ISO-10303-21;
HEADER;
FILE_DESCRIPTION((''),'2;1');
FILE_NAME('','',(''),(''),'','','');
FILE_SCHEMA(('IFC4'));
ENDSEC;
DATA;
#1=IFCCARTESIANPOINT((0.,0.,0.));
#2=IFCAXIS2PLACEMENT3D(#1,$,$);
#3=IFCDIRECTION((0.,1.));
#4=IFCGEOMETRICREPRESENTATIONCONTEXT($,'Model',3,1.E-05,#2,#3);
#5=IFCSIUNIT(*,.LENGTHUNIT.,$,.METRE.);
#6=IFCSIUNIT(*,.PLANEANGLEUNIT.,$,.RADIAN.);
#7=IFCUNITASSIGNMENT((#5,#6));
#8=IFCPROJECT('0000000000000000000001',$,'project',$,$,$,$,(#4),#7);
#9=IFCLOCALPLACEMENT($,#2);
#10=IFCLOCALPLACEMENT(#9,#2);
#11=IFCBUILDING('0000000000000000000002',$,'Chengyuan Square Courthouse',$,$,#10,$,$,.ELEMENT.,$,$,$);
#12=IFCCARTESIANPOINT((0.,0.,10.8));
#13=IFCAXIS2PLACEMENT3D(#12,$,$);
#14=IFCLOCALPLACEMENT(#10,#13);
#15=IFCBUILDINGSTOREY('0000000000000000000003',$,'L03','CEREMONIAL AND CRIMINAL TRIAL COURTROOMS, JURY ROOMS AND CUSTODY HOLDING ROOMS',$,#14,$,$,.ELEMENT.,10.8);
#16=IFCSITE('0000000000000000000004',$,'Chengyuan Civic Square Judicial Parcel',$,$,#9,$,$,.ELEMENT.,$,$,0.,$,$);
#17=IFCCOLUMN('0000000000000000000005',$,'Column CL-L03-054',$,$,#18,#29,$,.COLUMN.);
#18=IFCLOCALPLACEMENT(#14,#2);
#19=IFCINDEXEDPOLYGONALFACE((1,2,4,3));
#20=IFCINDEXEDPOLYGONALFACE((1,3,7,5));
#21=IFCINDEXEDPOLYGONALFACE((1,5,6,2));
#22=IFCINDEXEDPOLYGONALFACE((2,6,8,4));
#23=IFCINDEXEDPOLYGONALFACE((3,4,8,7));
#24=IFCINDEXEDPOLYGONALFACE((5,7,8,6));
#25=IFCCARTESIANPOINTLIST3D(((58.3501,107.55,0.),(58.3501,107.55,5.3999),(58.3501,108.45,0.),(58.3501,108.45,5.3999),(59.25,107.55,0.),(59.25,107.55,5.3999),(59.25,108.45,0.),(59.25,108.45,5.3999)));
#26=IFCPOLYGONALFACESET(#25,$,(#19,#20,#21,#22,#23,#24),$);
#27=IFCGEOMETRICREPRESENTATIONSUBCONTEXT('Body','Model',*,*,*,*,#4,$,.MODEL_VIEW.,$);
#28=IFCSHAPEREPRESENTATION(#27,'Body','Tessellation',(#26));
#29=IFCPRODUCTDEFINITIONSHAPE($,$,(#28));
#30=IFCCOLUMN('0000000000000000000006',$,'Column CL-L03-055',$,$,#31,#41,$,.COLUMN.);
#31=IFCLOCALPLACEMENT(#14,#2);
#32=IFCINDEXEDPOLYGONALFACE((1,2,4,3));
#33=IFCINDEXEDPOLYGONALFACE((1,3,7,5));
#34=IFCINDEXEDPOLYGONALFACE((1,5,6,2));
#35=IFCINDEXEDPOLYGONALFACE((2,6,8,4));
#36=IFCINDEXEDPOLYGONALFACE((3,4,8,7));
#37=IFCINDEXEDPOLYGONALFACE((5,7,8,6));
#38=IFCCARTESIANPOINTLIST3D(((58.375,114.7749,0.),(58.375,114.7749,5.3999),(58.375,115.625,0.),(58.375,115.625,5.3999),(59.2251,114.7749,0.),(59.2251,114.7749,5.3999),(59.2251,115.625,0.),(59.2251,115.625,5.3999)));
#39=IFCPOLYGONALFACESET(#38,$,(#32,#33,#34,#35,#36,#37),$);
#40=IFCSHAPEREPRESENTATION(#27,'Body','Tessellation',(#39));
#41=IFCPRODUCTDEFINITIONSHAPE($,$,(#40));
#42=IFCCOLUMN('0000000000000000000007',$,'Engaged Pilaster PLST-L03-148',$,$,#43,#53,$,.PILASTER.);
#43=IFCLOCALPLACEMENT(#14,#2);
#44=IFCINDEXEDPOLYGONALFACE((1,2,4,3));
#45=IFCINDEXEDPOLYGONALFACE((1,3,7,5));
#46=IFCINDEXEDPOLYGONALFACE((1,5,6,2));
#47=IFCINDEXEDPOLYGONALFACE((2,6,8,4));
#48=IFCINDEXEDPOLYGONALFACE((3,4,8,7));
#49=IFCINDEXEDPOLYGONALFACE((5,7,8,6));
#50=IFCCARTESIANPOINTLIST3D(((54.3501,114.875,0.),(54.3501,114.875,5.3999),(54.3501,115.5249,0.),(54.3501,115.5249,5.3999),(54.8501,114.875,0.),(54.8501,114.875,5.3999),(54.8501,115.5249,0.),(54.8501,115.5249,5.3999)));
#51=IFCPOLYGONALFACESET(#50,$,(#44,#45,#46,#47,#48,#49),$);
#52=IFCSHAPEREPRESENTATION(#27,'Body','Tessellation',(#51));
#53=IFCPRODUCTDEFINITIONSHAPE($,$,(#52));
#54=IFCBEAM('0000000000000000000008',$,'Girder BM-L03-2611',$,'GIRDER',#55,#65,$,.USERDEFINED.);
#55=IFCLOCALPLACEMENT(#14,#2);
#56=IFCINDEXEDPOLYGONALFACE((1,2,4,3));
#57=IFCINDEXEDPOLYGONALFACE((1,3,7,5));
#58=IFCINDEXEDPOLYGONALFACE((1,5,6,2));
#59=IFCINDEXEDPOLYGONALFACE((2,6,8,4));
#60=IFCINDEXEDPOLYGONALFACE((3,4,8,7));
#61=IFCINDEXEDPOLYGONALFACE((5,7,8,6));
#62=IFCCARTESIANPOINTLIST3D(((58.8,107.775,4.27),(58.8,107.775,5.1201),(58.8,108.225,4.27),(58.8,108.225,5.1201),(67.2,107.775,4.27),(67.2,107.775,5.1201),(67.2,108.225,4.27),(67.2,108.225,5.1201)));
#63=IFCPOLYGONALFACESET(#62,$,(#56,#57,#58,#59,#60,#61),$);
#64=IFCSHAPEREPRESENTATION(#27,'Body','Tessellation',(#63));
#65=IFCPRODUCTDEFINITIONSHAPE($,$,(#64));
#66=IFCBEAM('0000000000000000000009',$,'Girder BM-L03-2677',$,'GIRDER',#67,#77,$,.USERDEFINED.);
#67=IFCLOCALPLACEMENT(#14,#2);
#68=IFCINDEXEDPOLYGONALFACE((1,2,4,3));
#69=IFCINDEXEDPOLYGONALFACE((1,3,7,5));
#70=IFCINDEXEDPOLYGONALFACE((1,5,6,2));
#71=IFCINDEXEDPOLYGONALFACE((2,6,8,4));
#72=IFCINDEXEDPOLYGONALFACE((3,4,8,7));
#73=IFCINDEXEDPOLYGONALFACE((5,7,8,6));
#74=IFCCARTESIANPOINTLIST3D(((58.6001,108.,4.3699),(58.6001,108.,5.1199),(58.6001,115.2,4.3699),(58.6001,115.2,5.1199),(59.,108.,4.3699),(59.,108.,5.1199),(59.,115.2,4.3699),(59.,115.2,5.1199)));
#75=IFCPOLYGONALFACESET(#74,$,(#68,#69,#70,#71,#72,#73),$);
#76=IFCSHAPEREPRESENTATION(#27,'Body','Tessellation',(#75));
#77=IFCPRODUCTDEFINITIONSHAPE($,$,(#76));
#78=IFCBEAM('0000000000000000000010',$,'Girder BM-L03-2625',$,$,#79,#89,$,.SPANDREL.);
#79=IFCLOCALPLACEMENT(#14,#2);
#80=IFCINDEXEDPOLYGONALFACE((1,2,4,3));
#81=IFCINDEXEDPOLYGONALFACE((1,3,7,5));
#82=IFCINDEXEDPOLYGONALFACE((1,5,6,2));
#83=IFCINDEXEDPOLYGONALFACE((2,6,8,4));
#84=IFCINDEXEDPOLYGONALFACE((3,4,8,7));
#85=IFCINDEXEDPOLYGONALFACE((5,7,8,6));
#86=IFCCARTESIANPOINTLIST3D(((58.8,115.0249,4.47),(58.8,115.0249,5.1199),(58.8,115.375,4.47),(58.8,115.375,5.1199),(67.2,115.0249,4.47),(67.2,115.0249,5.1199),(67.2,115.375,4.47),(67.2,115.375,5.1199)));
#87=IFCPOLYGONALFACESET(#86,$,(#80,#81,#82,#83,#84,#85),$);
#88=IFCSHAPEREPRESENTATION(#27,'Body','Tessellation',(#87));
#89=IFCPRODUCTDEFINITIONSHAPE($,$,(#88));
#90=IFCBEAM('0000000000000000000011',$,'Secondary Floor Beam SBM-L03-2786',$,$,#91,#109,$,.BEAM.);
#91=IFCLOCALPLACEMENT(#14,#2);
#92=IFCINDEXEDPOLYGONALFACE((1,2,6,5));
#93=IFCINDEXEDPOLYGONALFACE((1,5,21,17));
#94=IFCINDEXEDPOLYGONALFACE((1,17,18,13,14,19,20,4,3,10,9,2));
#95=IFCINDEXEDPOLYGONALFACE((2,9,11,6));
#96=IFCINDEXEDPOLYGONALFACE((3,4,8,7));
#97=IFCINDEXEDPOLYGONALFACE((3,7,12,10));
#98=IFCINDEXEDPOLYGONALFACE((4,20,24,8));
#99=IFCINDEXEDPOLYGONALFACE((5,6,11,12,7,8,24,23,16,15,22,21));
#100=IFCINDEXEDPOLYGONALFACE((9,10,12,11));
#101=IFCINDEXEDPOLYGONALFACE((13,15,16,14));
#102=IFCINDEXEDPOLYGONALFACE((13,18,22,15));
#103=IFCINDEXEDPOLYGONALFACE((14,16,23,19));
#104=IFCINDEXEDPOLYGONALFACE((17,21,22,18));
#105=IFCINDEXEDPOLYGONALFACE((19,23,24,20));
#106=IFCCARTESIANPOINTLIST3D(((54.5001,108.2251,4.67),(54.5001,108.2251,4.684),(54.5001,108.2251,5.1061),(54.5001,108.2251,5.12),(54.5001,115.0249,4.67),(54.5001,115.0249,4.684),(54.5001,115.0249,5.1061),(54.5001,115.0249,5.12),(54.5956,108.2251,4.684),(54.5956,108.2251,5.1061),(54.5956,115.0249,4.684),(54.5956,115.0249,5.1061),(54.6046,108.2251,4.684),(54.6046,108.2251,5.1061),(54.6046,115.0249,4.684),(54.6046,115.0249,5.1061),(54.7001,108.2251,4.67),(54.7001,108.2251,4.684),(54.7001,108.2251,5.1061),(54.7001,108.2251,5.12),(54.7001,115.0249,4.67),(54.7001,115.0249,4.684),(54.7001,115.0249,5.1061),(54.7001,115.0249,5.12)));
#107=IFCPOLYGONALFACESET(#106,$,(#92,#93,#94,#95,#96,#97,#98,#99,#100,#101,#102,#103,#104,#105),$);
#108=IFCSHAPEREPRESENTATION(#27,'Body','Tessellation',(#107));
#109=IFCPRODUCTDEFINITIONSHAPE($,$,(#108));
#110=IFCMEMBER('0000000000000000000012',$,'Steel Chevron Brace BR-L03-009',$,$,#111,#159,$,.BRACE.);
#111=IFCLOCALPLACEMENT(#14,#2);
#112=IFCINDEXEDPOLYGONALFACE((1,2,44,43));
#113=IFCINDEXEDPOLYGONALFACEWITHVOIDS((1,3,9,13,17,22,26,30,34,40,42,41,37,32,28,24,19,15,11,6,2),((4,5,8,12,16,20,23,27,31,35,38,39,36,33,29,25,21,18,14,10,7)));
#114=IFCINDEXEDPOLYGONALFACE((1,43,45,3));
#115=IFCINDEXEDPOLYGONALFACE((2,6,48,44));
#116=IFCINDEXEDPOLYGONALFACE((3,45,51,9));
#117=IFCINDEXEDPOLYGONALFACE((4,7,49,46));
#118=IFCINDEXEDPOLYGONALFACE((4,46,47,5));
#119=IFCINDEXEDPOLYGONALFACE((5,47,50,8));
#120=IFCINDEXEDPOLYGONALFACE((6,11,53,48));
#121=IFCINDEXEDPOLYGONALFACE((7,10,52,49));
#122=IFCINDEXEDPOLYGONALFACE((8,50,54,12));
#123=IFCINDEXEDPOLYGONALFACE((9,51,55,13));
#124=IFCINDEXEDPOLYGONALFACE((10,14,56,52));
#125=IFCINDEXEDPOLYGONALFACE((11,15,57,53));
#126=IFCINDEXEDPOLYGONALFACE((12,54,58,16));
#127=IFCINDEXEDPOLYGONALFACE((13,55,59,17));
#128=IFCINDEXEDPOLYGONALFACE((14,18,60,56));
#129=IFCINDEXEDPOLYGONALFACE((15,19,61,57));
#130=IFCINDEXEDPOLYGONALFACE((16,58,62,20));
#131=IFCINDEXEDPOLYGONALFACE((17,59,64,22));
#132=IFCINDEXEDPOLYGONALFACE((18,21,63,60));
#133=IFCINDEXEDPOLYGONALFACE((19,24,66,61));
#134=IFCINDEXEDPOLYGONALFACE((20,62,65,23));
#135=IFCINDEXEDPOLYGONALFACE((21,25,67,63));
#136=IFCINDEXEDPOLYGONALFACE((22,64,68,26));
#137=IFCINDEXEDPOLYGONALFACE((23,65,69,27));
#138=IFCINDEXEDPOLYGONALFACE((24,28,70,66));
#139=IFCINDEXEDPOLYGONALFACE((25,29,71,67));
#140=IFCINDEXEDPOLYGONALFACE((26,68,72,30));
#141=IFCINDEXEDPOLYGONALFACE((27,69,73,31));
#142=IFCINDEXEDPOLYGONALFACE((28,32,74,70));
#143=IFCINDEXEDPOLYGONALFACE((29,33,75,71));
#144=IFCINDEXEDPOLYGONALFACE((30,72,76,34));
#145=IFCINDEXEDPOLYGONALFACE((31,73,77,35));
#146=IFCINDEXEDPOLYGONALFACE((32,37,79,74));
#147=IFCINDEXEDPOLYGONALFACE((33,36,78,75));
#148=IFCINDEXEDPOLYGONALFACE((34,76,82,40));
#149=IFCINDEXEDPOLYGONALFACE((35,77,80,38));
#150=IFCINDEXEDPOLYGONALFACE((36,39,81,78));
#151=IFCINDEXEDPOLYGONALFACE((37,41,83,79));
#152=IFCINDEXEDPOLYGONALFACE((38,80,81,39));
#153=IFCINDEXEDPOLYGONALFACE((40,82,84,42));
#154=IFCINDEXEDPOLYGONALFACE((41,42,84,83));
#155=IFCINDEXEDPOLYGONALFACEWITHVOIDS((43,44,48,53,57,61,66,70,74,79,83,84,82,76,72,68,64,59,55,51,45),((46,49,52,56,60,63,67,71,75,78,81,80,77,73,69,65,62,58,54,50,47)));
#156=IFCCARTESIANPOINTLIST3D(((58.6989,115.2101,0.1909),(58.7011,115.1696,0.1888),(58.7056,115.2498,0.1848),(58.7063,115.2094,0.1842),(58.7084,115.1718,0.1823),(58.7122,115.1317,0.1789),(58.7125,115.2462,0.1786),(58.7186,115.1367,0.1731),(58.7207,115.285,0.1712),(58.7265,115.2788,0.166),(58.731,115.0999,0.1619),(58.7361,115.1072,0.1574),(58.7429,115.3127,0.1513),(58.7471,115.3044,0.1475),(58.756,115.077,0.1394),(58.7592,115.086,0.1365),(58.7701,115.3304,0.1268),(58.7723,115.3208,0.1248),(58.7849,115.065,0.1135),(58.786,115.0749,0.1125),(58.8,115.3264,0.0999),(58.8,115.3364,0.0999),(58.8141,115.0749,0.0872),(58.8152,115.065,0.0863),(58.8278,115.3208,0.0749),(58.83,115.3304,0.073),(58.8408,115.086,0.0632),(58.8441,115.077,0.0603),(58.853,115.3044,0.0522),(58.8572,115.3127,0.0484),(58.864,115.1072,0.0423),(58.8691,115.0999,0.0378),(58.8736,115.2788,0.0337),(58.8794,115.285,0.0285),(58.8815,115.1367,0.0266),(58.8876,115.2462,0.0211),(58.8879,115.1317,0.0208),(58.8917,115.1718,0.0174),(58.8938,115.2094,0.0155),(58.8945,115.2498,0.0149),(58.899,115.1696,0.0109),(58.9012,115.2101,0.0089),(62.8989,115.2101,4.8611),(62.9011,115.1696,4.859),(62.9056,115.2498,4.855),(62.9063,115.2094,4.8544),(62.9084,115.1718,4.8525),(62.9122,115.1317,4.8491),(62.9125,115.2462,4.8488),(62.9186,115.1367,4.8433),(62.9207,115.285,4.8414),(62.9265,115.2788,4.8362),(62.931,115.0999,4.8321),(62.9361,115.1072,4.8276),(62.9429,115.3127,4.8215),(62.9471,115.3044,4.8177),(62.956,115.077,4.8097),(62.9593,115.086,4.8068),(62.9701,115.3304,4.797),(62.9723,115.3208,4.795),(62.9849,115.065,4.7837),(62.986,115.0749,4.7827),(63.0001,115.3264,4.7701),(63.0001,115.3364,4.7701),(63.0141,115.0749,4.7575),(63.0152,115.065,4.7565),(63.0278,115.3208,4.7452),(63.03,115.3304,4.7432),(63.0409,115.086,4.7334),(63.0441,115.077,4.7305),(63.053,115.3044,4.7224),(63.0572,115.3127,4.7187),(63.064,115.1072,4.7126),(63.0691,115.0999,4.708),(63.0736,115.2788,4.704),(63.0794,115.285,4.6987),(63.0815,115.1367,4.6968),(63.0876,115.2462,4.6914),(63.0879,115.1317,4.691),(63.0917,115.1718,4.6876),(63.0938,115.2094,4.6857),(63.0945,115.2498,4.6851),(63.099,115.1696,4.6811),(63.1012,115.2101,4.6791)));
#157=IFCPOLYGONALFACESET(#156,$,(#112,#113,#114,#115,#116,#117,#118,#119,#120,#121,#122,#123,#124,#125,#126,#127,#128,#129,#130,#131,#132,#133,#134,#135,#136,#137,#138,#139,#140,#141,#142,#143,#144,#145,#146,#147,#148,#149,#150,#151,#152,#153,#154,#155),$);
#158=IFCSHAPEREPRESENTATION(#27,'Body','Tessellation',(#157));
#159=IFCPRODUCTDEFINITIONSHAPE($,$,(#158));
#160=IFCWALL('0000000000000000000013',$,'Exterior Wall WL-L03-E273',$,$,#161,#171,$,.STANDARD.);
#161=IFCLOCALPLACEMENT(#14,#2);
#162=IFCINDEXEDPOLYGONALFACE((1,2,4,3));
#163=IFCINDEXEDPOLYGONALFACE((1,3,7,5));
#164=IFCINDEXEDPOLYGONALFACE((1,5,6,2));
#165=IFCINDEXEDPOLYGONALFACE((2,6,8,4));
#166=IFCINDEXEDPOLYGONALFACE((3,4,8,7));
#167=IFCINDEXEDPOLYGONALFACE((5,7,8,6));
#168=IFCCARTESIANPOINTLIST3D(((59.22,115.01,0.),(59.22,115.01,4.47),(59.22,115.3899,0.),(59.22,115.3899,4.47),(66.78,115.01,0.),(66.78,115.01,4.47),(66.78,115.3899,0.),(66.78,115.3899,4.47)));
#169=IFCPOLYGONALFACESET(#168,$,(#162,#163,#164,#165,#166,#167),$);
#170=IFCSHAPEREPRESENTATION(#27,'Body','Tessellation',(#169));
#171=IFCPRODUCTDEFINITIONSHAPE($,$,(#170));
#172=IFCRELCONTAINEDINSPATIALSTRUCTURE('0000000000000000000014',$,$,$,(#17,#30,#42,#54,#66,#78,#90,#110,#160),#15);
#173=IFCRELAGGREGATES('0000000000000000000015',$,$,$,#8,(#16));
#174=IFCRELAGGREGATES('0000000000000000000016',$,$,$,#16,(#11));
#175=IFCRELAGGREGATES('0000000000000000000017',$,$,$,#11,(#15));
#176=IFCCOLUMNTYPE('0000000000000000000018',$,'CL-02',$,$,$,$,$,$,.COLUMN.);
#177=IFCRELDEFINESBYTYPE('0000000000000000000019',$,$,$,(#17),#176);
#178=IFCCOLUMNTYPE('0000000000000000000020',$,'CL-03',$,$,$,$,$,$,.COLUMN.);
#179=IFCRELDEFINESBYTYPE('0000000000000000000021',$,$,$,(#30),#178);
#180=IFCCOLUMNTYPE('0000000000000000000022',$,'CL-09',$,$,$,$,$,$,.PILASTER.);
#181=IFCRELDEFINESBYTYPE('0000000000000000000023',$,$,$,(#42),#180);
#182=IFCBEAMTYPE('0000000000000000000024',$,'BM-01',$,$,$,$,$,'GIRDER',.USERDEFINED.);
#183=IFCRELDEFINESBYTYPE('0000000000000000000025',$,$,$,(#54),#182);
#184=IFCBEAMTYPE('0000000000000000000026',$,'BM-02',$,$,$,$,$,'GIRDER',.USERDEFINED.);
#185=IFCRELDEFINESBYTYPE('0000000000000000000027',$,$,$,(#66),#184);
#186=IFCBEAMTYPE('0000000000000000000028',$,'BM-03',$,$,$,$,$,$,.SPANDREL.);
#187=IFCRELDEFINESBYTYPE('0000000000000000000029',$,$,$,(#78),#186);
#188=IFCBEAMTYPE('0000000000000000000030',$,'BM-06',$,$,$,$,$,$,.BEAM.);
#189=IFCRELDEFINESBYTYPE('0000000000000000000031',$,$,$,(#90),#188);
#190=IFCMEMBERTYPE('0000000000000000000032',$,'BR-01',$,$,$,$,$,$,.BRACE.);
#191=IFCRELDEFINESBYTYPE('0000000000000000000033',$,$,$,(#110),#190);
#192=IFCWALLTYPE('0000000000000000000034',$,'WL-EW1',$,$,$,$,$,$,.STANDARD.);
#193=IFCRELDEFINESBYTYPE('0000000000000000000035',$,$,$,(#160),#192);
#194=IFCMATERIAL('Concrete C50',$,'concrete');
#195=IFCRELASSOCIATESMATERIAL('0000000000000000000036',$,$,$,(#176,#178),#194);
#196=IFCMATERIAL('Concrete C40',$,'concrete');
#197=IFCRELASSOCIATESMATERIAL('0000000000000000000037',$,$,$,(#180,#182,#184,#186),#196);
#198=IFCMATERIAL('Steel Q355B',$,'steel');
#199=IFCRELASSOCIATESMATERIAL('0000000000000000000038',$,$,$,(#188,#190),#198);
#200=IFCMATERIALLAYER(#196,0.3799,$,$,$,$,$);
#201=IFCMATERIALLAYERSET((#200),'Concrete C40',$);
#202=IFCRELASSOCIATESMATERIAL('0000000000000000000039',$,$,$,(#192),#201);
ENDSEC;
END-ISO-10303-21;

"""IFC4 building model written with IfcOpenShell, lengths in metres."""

from ifc_helpers import new_model, si_unit, direction, frame, frame_2d, origin, origin_2d, place, context, subcontext, project, spatial, rectangle, hollow_circle, i_section, extrude, material, layer, layer_set, material_profile, profile_set, type_object, element, save


model = new_model("IFC4")

# Units and contexts
model_context = context("Model", 3, precision=1e-05, world=origin(), true_north=direction((0.0, 1.0)))
body_context = subcontext(model_context, "Body", "Model", "MODEL_VIEW")
ifc_project = project(units=[si_unit("LENGTHUNIT", "METRE"), si_unit("PLANEANGLEUNIT", "RADIAN")], contexts=[model_context])

# Site, building, storey
site_placement = place(None, origin())
site = spatial("IfcSite", under=ifc_project, at=site_placement, Name="Chengyuan Civic Square Judicial Parcel", CompositionType="ELEMENT", RefElevation=0.0)
building_placement = place(site_placement, origin())
building = spatial("IfcBuilding", under=site, at=building_placement, Name="Chengyuan Square Courthouse", CompositionType="ELEMENT")
storey_placement = place(building_placement, frame((0.0, 0.0, 10.8)))
storey = spatial("IfcBuildingStorey", under=building, at=storey_placement, Name="L03", Description="CEREMONIAL AND CRIMINAL TRIAL COURTROOMS, JURY ROOMS AND CUSTODY HOLDING ROOMS", CompositionType="ELEMENT", Elevation=10.8)

# Columns
ifc_material_1 = material(Name="Concrete C50", Category="concrete")
ifc_material_profile_1 = material_profile(ifc_material_1, rectangle(XDim=0.8999, YDim=0.8999, at=origin_2d()), Name="RC-COL-900x900")
ifc_profile_set_1 = profile_set([ifc_material_profile_1], Name="Concrete C50")
column_type_1 = type_object("IfcColumnType", Name="CL-02", PredefinedType="COLUMN", material=ifc_profile_set_1)
column_1_placement = place(storey_placement, frame((58.8, 108.0, 0.0), z_axis=(0.0, 0.0, 1.0), x_axis=(1.0, 0.0, 0.0)))
element("IfcColumn", 1, at=column_1_placement, inside=storey, type_object=column_type_1, Name="Column CL-L03-054", PredefinedType="COLUMN", context=body_context, shape_type="SweptSolid", body=[
    extrude(rectangle(XDim=0.8999, YDim=0.8999, at=origin_2d()), origin(), (0.0, 0.0, 1.0), 5.3999),
])
ifc_material_profile_2 = material_profile(ifc_material_1, rectangle(XDim=0.8501, YDim=0.8501, at=origin_2d()), Name="RC-COL-850x850")
ifc_profile_set_2 = profile_set([ifc_material_profile_2], Name="Concrete C50")
column_type_2 = type_object("IfcColumnType", Name="CL-03", PredefinedType="COLUMN", material=ifc_profile_set_2)
column_2_placement = place(storey_placement, frame((58.8, 115.2, 0.0), z_axis=(0.0, 0.0, 1.0), x_axis=(1.0, 0.0, 0.0)))
element("IfcColumn", 2, at=column_2_placement, inside=storey, type_object=column_type_2, Name="Column CL-L03-055", PredefinedType="COLUMN", context=body_context, shape_type="SweptSolid", body=[
    extrude(rectangle(XDim=0.8501, YDim=0.8501, at=origin_2d()), origin(), (0.0, 0.0, 1.0), 5.3999),
])
ifc_material_2 = material(Name="Concrete C40", Category="concrete")
ifc_material_profile_3 = material_profile(ifc_material_2, rectangle(XDim=0.5, YDim=0.6499, at=origin_2d()), Name="RC-PIL-500x650")
ifc_profile_set_3 = profile_set([ifc_material_profile_3], Name="Concrete C40")
column_type_3 = type_object("IfcColumnType", Name="CL-09", PredefinedType="PILASTER", material=ifc_profile_set_3)
column_3_placement = place(storey_placement, frame((54.6001, 115.2, 0.0), z_axis=(0.0, 0.0, 1.0), x_axis=(1.0, 0.0, 0.0)))
element("IfcColumn", 3, at=column_3_placement, inside=storey, type_object=column_type_3, Name="Engaged Pilaster PLST-L03-148", PredefinedType="PILASTER", context=body_context, shape_type="SweptSolid", body=[
    extrude(rectangle(XDim=0.5, YDim=0.6499, at=origin_2d()), origin(), (0.0, 0.0, 1.0), 5.3999),
])

# Beams
ifc_material_profile_4 = material_profile(ifc_material_2, rectangle(XDim=0.45, YDim=0.8501, at=origin_2d()), Name="RC-BM-450x850")
ifc_profile_set_4 = profile_set([ifc_material_profile_4], Name="Concrete C40")
beam_type_1 = type_object("IfcBeamType", Name="BM-01", ElementType="GIRDER", PredefinedType="USERDEFINED", material=ifc_profile_set_4)
beam_1_placement = place(storey_placement, frame((58.8, 108.0, 4.6951), z_axis=(1.0, 0.0, 0.0), x_axis=(0.0, 1.0, 0.0)))
element("IfcBeam", 4, at=beam_1_placement, inside=storey, type_object=beam_type_1, Name="Girder BM-L03-2611", ObjectType="GIRDER", PredefinedType="USERDEFINED", context=body_context, shape_type="SweptSolid", body=[
    extrude(rectangle(XDim=0.45, YDim=0.8501, at=origin_2d()), origin(), (0.0, 0.0, 1.0), 8.3999),
])
ifc_material_profile_5 = material_profile(ifc_material_2, rectangle(XDim=0.3999, YDim=0.75, at=origin_2d()), Name="RC-BM-400x750")
ifc_profile_set_5 = profile_set([ifc_material_profile_5], Name="Concrete C40")
beam_type_2 = type_object("IfcBeamType", Name="BM-02", ElementType="GIRDER", PredefinedType="USERDEFINED", material=ifc_profile_set_5)
beam_2_placement = place(storey_placement, frame((58.8, 108.0, 4.7449), z_axis=(0.0, 1.0, 0.0), x_axis=(-1.0, 0.0, 0.0)))
element("IfcBeam", 5, at=beam_2_placement, inside=storey, type_object=beam_type_2, Name="Girder BM-L03-2677", ObjectType="GIRDER", PredefinedType="USERDEFINED", context=body_context, shape_type="SweptSolid", body=[
    extrude(rectangle(XDim=0.3999, YDim=0.75, at=origin_2d()), origin(), (0.0, 0.0, 1.0), 7.2),
])
ifc_material_profile_6 = material_profile(ifc_material_2, rectangle(XDim=0.3501, YDim=0.6499, at=origin_2d()), Name="RC-BM-350x650")
ifc_profile_set_6 = profile_set([ifc_material_profile_6], Name="Concrete C40")
beam_type_3 = type_object("IfcBeamType", Name="BM-03", PredefinedType="SPANDREL", material=ifc_profile_set_6)
beam_3_placement = place(storey_placement, frame((58.8, 115.2, 4.7949), z_axis=(1.0, 0.0, 0.0), x_axis=(0.0, 1.0, 0.0)))
element("IfcBeam", 6, at=beam_3_placement, inside=storey, type_object=beam_type_3, Name="Girder BM-L03-2625", PredefinedType="SPANDREL", context=body_context, shape_type="SweptSolid", body=[
    extrude(rectangle(XDim=0.3501, YDim=0.6499, at=origin_2d()), origin(), (0.0, 0.0, 1.0), 8.3999),
])
ifc_material_3 = material(Name="Steel Q355B", Category="steel")
ifc_material_profile_7 = material_profile(ifc_material_3, i_section(OverallWidth=0.2, OverallDepth=0.45, WebThickness=0.009, FlangeThickness=0.0139, at=origin_2d()), Name="HN 450x200x9x14")
ifc_profile_set_7 = profile_set([ifc_material_profile_7], Name="Steel Q355B")
beam_type_4 = type_object("IfcBeamType", Name="BM-06", PredefinedType="BEAM", material=ifc_profile_set_7)
beam_4_placement = place(storey_placement, frame((54.6001, 108.2251, 4.895), z_axis=(0.0, 1.0, 0.0), x_axis=(-1.0, 0.0, 0.0)))
element("IfcBeam", 7, at=beam_4_placement, inside=storey, type_object=beam_type_4, Name="Secondary Floor Beam SBM-L03-2786", PredefinedType="BEAM", context=body_context, shape_type="SweptSolid", body=[
    extrude(i_section(OverallWidth=0.2, OverallDepth=0.45, WebThickness=0.009, FlangeThickness=0.0139, at=origin_2d()), origin(), (0.0, 0.0, 1.0), 6.7998),
])

# Member
ifc_material_profile_8 = material_profile(ifc_material_3, hollow_circle(Radius=0.1365, WallThickness=0.01, at=origin_2d()), Name="CHS 273x10")
ifc_profile_set_8 = profile_set([ifc_material_profile_8], Name="Steel Q355B")
member_type = type_object("IfcMemberType", Name="BR-01", PredefinedType="BRACE", material=ifc_profile_set_8)
member_placement = place(storey_placement, frame((58.8, 115.2, 0.0999), z_axis=(0.668683, 0.0, 0.743547), x_axis=(0.0, 1.0, 0.0)))
element("IfcMember", 8, at=member_placement, inside=storey, type_object=member_type, Name="Steel Chevron Brace BR-L03-009", PredefinedType="BRACE", context=body_context, shape_type="SweptSolid", body=[
    extrude(hollow_circle(Radius=0.1365, WallThickness=0.01, at=origin_2d()), origin(), (0.0, 0.0, 1.0), 6.281),
])

# Wall
ifc_layer_1 = layer(ifc_material_2, 0.3799)
ifc_layer_set_1 = layer_set([ifc_layer_1], Name="Concrete C40")
wall_type_1 = type_object("IfcWallType", Name="WL-EW1", PredefinedType="STANDARD", material=ifc_layer_set_1)
wall_1_placement = place(storey_placement, frame((59.22, 115.2, 0.0), z_axis=(0.0, 0.0, 1.0), x_axis=(1.0, 0.0, 0.0)))
element("IfcWall", 9, at=wall_1_placement, inside=storey, type_object=wall_type_1, Name="Exterior Wall WL-L03-E273", PredefinedType="STANDARD", context=body_context, shape_type="SweptSolid", body=[
    extrude(rectangle(XDim=7.5601, YDim=0.3799, at=frame_2d((3.78, 0.0))), origin(), (0.0, 0.0, 1.0), 4.47),
])

save(model, "model.ifc")
